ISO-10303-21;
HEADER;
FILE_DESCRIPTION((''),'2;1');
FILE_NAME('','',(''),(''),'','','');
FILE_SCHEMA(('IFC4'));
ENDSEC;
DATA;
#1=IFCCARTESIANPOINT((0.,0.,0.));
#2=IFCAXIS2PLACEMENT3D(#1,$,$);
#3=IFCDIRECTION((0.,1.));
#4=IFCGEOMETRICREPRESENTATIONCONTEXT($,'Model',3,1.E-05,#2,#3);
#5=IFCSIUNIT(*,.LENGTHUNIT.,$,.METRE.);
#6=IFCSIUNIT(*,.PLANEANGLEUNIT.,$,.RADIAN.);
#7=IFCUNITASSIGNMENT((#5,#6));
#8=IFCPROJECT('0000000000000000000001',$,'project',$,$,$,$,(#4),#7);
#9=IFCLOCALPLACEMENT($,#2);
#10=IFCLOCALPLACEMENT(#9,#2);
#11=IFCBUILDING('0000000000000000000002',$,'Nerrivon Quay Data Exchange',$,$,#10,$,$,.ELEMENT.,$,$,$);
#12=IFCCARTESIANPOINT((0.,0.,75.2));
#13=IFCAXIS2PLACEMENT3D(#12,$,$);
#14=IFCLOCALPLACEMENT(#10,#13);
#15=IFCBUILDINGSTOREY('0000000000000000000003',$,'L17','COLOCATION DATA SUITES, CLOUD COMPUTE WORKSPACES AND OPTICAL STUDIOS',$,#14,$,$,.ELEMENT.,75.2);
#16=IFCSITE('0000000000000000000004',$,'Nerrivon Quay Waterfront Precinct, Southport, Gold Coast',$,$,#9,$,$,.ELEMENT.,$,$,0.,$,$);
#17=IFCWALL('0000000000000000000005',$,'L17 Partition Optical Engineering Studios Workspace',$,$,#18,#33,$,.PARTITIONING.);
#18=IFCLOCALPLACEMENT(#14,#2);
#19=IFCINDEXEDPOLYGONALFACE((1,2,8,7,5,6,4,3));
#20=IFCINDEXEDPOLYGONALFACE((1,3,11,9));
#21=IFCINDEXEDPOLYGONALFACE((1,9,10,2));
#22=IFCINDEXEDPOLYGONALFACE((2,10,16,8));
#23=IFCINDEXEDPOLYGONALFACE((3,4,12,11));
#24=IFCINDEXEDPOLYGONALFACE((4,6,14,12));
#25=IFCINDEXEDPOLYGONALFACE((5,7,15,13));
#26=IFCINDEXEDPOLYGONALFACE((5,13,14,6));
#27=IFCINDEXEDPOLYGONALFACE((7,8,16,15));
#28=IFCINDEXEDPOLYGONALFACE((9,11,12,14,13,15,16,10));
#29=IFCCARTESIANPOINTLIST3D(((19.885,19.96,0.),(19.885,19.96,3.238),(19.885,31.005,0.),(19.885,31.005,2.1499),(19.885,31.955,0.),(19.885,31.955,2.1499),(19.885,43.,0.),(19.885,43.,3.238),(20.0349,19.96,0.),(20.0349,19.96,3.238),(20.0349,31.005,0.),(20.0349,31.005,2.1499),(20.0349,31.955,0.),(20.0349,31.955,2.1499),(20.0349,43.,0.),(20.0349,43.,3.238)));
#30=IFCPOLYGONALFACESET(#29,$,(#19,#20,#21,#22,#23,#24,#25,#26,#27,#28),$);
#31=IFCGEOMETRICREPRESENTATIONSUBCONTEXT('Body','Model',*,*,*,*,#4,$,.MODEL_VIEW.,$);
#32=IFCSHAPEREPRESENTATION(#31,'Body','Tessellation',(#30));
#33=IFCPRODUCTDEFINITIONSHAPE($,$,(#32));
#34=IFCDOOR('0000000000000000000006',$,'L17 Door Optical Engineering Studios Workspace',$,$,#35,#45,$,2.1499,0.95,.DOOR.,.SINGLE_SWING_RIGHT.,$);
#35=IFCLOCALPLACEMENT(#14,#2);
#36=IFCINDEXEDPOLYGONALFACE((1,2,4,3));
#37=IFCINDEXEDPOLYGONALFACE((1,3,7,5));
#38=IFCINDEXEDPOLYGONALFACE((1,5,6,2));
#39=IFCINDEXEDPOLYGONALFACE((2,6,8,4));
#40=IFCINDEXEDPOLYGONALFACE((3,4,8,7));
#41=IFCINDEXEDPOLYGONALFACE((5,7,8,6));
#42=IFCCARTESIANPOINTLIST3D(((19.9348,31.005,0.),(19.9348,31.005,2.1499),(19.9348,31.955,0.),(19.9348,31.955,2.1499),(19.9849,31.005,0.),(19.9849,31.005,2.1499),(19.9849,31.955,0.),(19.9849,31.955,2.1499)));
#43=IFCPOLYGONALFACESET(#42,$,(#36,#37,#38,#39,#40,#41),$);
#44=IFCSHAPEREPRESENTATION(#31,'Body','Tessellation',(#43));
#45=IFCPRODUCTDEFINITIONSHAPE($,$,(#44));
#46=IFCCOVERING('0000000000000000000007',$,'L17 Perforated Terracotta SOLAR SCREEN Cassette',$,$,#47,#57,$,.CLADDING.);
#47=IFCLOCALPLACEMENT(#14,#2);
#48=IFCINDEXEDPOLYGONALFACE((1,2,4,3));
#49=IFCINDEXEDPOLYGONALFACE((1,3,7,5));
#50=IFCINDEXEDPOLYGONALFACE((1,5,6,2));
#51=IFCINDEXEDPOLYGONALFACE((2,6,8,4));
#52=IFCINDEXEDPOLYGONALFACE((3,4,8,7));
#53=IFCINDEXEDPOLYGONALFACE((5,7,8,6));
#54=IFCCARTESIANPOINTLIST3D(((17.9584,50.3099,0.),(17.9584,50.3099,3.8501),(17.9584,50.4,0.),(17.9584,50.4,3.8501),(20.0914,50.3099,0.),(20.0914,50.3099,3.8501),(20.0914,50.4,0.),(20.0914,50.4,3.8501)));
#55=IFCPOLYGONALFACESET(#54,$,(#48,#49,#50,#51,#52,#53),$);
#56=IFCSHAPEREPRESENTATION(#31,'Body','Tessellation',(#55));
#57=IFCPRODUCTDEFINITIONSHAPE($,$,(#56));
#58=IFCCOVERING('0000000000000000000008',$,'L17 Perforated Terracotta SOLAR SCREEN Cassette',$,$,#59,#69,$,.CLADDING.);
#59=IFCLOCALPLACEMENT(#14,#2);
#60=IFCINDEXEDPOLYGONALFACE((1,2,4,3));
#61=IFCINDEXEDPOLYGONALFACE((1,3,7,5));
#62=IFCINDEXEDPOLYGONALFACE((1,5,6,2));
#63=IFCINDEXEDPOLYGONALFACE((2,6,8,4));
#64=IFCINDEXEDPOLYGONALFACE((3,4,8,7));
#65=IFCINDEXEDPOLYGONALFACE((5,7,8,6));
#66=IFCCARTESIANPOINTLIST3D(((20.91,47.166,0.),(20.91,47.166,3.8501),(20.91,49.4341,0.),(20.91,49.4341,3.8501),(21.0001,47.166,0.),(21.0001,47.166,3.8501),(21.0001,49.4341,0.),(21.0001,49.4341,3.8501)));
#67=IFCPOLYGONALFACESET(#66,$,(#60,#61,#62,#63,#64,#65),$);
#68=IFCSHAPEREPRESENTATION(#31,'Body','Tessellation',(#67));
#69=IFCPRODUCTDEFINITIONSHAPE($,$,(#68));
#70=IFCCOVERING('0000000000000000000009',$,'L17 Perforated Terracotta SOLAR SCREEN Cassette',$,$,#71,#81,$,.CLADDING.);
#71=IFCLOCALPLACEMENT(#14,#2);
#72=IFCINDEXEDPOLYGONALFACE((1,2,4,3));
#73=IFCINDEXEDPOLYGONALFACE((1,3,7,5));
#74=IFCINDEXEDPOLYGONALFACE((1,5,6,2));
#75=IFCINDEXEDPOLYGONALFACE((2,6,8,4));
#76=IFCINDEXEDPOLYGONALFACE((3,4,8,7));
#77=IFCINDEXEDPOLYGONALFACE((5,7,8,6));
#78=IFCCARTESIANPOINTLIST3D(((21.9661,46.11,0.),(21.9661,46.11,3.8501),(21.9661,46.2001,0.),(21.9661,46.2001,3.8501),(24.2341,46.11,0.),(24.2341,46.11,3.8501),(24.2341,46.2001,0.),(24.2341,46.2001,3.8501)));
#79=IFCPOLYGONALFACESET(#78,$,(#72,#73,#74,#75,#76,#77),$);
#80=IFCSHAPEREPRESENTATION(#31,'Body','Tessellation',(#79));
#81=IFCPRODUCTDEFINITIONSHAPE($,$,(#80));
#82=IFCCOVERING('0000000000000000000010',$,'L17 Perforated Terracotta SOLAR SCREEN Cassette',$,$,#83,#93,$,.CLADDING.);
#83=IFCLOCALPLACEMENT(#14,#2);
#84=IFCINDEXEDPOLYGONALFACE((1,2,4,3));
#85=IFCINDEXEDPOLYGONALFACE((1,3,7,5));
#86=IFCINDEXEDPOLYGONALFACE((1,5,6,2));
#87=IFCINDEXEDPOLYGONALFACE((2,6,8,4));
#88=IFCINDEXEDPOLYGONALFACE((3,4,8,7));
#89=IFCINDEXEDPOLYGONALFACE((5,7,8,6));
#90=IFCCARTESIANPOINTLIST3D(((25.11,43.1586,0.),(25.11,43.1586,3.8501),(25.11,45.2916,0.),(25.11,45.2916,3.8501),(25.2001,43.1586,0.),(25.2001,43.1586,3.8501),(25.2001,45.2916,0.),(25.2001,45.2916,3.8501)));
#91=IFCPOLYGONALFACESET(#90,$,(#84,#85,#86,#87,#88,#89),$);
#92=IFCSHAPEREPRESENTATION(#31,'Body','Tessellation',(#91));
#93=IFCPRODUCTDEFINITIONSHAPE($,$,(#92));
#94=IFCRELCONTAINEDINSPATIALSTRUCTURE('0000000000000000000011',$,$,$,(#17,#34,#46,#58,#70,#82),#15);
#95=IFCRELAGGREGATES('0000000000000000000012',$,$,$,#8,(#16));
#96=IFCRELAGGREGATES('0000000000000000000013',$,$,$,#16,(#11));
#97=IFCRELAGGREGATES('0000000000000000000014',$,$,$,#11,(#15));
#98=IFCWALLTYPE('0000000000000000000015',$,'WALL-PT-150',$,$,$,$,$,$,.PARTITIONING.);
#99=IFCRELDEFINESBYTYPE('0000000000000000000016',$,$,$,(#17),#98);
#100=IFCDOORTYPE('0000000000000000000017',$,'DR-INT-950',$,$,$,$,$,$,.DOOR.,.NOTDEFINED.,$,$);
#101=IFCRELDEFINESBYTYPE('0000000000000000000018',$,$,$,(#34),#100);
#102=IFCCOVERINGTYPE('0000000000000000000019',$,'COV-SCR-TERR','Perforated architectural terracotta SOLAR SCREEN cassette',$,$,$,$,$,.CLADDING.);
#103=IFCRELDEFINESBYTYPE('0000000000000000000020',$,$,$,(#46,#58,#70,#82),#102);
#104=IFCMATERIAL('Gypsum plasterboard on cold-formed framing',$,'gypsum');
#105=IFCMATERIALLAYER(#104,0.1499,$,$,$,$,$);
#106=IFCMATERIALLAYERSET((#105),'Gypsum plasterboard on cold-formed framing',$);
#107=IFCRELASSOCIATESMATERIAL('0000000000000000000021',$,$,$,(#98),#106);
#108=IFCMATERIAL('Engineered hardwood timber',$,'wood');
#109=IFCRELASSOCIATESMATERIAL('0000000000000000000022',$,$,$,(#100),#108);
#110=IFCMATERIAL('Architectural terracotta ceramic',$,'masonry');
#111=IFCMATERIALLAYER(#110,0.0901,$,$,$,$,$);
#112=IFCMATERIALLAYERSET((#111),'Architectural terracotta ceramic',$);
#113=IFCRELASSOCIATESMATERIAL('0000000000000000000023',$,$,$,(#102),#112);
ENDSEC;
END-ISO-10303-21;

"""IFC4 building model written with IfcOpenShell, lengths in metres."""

from ifc_helpers import new_model, si_unit, direction, frame, frame_2d, origin, origin_2d, place, context, subcontext, project, spatial, rectangle, extrude, material, layer, layer_set, type_object, element, fill, save


model = new_model("IFC4")

# Units and contexts
model_context = context("Model", 3, precision=1e-05, world=origin(), true_north=direction((0.0, 1.0)))
body_context = subcontext(model_context, "Body", "Model", "MODEL_VIEW")
ifc_project = project(units=[si_unit("LENGTHUNIT", "METRE"), si_unit("PLANEANGLEUNIT", "RADIAN")], contexts=[model_context])

# Site, building, storey
site_placement = place(None, origin())
site = spatial("IfcSite", under=ifc_project, at=site_placement, Name="Nerrivon Quay Waterfront Precinct, Southport, Gold Coast", CompositionType="ELEMENT", RefElevation=0.0)
building_placement = place(site_placement, origin())
building = spatial("IfcBuilding", under=site, at=building_placement, Name="Nerrivon Quay Data Exchange", CompositionType="ELEMENT")
storey_placement = place(building_placement, frame((0.0, 0.0, 75.2)))
storey = spatial("IfcBuildingStorey", under=building, at=storey_placement, Name="L17", Description="COLOCATION DATA SUITES, CLOUD COMPUTE WORKSPACES AND OPTICAL STUDIOS", CompositionType="ELEMENT", Elevation=75.2)

# Shared definitions
ifc_material_1 = material(Name="Gypsum plasterboard on cold-formed framing", Category="gypsum")

# Wall, opening, door
ifc_layer_1 = layer(ifc_material_1, 0.1499)
ifc_layer_set_1 = layer_set([ifc_layer_1], Name="Gypsum plasterboard on cold-formed framing")
wall_type_1 = type_object("IfcWallType", Name="WALL-PT-150", PredefinedType="PARTITIONING", material=ifc_layer_set_1)
wall_1_placement = place(storey_placement, frame((19.96, 43.0, 0.0), z_axis=(0.0, 0.0, 1.0), x_axis=(0.0, -1.0, 0.0)))
wall_1 = element("IfcWall", 1, at=wall_1_placement, inside=storey, type_object=wall_type_1, Name="L17 Partition Optical Engineering Studios Workspace", PredefinedType="PARTITIONING", context=body_context, shape_type="SweptSolid", body=[
    extrude(rectangle(XDim=23.04, YDim=0.1499, at=frame_2d((11.52, 0.0))), origin(), (0.0, 0.0, 1.0), 3.238),
])
opening_placement = place(wall_1_placement, frame((11.0449, 0.0, 0.0)))
opening = element("IfcOpeningElement", 2, at=opening_placement, cuts=wall_1, PredefinedType="OPENING", context=body_context, shape_type="SweptSolid", body=[
    extrude(rectangle(XDim=0.95, YDim=2.1499, at=frame_2d((0.4751, 1.075))), frame((0.0, 0.085, 0.0), z_axis=(0.0, -1.0, 0.0), x_axis=(1.0, 0.0, 0.0)), (0.0, 0.0, 1.0), 0.1699),
])
ifc_material_2 = material(Name="Engineered hardwood timber", Category="wood")
door_type = type_object("IfcDoorType", Name="DR-INT-950", OperationType="NOTDEFINED", PredefinedType="DOOR", material=ifc_material_2)
door_placement = place(opening_placement, origin())
door = element("IfcDoor", 3, at=door_placement, inside=storey, type_object=door_type, Name="L17 Door Optical Engineering Studios Workspace", OperationType="SINGLE_SWING_RIGHT", OverallHeight=2.1499, OverallWidth=0.95, PredefinedType="DOOR", context=body_context, shape_type="SweptSolid", body=[
    extrude(rectangle(XDim=0.95, YDim=2.1499, at=frame_2d((0.4751, 1.075))), frame((0.0, 0.0249, 0.0), z_axis=(0.0, -1.0, 0.0), x_axis=(1.0, 0.0, 0.0)), (0.0, 0.0, 1.0), 0.05),
])
fill(opening, door)

# Coverings
ifc_material_3 = material(Name="Architectural terracotta ceramic", Category="masonry")
ifc_layer_2 = layer(ifc_material_3, 0.0901)
ifc_layer_set_2 = layer_set([ifc_layer_2], Name="Architectural terracotta ceramic")
covering_type = type_object("IfcCoveringType", Name="COV-SCR-TERR", Description="Perforated architectural terracotta SOLAR SCREEN cassette", PredefinedType="CLADDING", material=ifc_layer_set_2)
covering_1_placement = place(storey_placement, frame((19.0249, 50.355, 0.0), z_axis=(0.0, 0.0, 1.0), x_axis=(1.0, 0.0, 0.0)))
element("IfcCovering", 4, at=covering_1_placement, inside=storey, type_object=covering_type, Name="L17 Perforated Terracotta SOLAR SCREEN Cassette", PredefinedType="CLADDING", context=body_context, shape_type="SweptSolid", body=[
    extrude(rectangle(XDim=2.1331, YDim=0.0901, at=origin_2d()), origin(), (0.0, 0.0, 1.0), 3.8501),
])
for number, where, z_axis, x_axis, name in (
    (5, (20.9551, 48.3, 0.0), (0.0, 0.0, 1.0), (0.0, -1.0, 0.0), "L17 Perforated Terracotta SOLAR SCREEN Cassette"),
    (6, (23.1001, 46.155, 0.0), (0.0, 0.0, 1.0), (1.0, 0.0, 0.0), "L17 Perforated Terracotta SOLAR SCREEN Cassette"),
):
    element("IfcCovering", number, at=place(storey_placement, frame(where, z_axis=z_axis, x_axis=x_axis)), inside=storey, type_object=covering_type, Name=name, PredefinedType="CLADDING", context=body_context, shape_type="SweptSolid", body=[
        extrude(rectangle(XDim=2.2681, YDim=0.0901, at=origin_2d()), origin(), (0.0, 0.0, 1.0), 3.8501),
    ])
covering_2_placement = place(storey_placement, frame((25.155, 44.2251, 0.0), z_axis=(0.0, 0.0, 1.0), x_axis=(0.0, -1.0, 0.0)))
element("IfcCovering", 7, at=covering_2_placement, inside=storey, type_object=covering_type, Name="L17 Perforated Terracotta SOLAR SCREEN Cassette", PredefinedType="CLADDING", context=body_context, shape_type="SweptSolid", body=[
    extrude(rectangle(XDim=2.1331, YDim=0.0901, at=origin_2d()), origin(), (0.0, 0.0, 1.0), 3.8501),
])

save(model, "model.ifc")
